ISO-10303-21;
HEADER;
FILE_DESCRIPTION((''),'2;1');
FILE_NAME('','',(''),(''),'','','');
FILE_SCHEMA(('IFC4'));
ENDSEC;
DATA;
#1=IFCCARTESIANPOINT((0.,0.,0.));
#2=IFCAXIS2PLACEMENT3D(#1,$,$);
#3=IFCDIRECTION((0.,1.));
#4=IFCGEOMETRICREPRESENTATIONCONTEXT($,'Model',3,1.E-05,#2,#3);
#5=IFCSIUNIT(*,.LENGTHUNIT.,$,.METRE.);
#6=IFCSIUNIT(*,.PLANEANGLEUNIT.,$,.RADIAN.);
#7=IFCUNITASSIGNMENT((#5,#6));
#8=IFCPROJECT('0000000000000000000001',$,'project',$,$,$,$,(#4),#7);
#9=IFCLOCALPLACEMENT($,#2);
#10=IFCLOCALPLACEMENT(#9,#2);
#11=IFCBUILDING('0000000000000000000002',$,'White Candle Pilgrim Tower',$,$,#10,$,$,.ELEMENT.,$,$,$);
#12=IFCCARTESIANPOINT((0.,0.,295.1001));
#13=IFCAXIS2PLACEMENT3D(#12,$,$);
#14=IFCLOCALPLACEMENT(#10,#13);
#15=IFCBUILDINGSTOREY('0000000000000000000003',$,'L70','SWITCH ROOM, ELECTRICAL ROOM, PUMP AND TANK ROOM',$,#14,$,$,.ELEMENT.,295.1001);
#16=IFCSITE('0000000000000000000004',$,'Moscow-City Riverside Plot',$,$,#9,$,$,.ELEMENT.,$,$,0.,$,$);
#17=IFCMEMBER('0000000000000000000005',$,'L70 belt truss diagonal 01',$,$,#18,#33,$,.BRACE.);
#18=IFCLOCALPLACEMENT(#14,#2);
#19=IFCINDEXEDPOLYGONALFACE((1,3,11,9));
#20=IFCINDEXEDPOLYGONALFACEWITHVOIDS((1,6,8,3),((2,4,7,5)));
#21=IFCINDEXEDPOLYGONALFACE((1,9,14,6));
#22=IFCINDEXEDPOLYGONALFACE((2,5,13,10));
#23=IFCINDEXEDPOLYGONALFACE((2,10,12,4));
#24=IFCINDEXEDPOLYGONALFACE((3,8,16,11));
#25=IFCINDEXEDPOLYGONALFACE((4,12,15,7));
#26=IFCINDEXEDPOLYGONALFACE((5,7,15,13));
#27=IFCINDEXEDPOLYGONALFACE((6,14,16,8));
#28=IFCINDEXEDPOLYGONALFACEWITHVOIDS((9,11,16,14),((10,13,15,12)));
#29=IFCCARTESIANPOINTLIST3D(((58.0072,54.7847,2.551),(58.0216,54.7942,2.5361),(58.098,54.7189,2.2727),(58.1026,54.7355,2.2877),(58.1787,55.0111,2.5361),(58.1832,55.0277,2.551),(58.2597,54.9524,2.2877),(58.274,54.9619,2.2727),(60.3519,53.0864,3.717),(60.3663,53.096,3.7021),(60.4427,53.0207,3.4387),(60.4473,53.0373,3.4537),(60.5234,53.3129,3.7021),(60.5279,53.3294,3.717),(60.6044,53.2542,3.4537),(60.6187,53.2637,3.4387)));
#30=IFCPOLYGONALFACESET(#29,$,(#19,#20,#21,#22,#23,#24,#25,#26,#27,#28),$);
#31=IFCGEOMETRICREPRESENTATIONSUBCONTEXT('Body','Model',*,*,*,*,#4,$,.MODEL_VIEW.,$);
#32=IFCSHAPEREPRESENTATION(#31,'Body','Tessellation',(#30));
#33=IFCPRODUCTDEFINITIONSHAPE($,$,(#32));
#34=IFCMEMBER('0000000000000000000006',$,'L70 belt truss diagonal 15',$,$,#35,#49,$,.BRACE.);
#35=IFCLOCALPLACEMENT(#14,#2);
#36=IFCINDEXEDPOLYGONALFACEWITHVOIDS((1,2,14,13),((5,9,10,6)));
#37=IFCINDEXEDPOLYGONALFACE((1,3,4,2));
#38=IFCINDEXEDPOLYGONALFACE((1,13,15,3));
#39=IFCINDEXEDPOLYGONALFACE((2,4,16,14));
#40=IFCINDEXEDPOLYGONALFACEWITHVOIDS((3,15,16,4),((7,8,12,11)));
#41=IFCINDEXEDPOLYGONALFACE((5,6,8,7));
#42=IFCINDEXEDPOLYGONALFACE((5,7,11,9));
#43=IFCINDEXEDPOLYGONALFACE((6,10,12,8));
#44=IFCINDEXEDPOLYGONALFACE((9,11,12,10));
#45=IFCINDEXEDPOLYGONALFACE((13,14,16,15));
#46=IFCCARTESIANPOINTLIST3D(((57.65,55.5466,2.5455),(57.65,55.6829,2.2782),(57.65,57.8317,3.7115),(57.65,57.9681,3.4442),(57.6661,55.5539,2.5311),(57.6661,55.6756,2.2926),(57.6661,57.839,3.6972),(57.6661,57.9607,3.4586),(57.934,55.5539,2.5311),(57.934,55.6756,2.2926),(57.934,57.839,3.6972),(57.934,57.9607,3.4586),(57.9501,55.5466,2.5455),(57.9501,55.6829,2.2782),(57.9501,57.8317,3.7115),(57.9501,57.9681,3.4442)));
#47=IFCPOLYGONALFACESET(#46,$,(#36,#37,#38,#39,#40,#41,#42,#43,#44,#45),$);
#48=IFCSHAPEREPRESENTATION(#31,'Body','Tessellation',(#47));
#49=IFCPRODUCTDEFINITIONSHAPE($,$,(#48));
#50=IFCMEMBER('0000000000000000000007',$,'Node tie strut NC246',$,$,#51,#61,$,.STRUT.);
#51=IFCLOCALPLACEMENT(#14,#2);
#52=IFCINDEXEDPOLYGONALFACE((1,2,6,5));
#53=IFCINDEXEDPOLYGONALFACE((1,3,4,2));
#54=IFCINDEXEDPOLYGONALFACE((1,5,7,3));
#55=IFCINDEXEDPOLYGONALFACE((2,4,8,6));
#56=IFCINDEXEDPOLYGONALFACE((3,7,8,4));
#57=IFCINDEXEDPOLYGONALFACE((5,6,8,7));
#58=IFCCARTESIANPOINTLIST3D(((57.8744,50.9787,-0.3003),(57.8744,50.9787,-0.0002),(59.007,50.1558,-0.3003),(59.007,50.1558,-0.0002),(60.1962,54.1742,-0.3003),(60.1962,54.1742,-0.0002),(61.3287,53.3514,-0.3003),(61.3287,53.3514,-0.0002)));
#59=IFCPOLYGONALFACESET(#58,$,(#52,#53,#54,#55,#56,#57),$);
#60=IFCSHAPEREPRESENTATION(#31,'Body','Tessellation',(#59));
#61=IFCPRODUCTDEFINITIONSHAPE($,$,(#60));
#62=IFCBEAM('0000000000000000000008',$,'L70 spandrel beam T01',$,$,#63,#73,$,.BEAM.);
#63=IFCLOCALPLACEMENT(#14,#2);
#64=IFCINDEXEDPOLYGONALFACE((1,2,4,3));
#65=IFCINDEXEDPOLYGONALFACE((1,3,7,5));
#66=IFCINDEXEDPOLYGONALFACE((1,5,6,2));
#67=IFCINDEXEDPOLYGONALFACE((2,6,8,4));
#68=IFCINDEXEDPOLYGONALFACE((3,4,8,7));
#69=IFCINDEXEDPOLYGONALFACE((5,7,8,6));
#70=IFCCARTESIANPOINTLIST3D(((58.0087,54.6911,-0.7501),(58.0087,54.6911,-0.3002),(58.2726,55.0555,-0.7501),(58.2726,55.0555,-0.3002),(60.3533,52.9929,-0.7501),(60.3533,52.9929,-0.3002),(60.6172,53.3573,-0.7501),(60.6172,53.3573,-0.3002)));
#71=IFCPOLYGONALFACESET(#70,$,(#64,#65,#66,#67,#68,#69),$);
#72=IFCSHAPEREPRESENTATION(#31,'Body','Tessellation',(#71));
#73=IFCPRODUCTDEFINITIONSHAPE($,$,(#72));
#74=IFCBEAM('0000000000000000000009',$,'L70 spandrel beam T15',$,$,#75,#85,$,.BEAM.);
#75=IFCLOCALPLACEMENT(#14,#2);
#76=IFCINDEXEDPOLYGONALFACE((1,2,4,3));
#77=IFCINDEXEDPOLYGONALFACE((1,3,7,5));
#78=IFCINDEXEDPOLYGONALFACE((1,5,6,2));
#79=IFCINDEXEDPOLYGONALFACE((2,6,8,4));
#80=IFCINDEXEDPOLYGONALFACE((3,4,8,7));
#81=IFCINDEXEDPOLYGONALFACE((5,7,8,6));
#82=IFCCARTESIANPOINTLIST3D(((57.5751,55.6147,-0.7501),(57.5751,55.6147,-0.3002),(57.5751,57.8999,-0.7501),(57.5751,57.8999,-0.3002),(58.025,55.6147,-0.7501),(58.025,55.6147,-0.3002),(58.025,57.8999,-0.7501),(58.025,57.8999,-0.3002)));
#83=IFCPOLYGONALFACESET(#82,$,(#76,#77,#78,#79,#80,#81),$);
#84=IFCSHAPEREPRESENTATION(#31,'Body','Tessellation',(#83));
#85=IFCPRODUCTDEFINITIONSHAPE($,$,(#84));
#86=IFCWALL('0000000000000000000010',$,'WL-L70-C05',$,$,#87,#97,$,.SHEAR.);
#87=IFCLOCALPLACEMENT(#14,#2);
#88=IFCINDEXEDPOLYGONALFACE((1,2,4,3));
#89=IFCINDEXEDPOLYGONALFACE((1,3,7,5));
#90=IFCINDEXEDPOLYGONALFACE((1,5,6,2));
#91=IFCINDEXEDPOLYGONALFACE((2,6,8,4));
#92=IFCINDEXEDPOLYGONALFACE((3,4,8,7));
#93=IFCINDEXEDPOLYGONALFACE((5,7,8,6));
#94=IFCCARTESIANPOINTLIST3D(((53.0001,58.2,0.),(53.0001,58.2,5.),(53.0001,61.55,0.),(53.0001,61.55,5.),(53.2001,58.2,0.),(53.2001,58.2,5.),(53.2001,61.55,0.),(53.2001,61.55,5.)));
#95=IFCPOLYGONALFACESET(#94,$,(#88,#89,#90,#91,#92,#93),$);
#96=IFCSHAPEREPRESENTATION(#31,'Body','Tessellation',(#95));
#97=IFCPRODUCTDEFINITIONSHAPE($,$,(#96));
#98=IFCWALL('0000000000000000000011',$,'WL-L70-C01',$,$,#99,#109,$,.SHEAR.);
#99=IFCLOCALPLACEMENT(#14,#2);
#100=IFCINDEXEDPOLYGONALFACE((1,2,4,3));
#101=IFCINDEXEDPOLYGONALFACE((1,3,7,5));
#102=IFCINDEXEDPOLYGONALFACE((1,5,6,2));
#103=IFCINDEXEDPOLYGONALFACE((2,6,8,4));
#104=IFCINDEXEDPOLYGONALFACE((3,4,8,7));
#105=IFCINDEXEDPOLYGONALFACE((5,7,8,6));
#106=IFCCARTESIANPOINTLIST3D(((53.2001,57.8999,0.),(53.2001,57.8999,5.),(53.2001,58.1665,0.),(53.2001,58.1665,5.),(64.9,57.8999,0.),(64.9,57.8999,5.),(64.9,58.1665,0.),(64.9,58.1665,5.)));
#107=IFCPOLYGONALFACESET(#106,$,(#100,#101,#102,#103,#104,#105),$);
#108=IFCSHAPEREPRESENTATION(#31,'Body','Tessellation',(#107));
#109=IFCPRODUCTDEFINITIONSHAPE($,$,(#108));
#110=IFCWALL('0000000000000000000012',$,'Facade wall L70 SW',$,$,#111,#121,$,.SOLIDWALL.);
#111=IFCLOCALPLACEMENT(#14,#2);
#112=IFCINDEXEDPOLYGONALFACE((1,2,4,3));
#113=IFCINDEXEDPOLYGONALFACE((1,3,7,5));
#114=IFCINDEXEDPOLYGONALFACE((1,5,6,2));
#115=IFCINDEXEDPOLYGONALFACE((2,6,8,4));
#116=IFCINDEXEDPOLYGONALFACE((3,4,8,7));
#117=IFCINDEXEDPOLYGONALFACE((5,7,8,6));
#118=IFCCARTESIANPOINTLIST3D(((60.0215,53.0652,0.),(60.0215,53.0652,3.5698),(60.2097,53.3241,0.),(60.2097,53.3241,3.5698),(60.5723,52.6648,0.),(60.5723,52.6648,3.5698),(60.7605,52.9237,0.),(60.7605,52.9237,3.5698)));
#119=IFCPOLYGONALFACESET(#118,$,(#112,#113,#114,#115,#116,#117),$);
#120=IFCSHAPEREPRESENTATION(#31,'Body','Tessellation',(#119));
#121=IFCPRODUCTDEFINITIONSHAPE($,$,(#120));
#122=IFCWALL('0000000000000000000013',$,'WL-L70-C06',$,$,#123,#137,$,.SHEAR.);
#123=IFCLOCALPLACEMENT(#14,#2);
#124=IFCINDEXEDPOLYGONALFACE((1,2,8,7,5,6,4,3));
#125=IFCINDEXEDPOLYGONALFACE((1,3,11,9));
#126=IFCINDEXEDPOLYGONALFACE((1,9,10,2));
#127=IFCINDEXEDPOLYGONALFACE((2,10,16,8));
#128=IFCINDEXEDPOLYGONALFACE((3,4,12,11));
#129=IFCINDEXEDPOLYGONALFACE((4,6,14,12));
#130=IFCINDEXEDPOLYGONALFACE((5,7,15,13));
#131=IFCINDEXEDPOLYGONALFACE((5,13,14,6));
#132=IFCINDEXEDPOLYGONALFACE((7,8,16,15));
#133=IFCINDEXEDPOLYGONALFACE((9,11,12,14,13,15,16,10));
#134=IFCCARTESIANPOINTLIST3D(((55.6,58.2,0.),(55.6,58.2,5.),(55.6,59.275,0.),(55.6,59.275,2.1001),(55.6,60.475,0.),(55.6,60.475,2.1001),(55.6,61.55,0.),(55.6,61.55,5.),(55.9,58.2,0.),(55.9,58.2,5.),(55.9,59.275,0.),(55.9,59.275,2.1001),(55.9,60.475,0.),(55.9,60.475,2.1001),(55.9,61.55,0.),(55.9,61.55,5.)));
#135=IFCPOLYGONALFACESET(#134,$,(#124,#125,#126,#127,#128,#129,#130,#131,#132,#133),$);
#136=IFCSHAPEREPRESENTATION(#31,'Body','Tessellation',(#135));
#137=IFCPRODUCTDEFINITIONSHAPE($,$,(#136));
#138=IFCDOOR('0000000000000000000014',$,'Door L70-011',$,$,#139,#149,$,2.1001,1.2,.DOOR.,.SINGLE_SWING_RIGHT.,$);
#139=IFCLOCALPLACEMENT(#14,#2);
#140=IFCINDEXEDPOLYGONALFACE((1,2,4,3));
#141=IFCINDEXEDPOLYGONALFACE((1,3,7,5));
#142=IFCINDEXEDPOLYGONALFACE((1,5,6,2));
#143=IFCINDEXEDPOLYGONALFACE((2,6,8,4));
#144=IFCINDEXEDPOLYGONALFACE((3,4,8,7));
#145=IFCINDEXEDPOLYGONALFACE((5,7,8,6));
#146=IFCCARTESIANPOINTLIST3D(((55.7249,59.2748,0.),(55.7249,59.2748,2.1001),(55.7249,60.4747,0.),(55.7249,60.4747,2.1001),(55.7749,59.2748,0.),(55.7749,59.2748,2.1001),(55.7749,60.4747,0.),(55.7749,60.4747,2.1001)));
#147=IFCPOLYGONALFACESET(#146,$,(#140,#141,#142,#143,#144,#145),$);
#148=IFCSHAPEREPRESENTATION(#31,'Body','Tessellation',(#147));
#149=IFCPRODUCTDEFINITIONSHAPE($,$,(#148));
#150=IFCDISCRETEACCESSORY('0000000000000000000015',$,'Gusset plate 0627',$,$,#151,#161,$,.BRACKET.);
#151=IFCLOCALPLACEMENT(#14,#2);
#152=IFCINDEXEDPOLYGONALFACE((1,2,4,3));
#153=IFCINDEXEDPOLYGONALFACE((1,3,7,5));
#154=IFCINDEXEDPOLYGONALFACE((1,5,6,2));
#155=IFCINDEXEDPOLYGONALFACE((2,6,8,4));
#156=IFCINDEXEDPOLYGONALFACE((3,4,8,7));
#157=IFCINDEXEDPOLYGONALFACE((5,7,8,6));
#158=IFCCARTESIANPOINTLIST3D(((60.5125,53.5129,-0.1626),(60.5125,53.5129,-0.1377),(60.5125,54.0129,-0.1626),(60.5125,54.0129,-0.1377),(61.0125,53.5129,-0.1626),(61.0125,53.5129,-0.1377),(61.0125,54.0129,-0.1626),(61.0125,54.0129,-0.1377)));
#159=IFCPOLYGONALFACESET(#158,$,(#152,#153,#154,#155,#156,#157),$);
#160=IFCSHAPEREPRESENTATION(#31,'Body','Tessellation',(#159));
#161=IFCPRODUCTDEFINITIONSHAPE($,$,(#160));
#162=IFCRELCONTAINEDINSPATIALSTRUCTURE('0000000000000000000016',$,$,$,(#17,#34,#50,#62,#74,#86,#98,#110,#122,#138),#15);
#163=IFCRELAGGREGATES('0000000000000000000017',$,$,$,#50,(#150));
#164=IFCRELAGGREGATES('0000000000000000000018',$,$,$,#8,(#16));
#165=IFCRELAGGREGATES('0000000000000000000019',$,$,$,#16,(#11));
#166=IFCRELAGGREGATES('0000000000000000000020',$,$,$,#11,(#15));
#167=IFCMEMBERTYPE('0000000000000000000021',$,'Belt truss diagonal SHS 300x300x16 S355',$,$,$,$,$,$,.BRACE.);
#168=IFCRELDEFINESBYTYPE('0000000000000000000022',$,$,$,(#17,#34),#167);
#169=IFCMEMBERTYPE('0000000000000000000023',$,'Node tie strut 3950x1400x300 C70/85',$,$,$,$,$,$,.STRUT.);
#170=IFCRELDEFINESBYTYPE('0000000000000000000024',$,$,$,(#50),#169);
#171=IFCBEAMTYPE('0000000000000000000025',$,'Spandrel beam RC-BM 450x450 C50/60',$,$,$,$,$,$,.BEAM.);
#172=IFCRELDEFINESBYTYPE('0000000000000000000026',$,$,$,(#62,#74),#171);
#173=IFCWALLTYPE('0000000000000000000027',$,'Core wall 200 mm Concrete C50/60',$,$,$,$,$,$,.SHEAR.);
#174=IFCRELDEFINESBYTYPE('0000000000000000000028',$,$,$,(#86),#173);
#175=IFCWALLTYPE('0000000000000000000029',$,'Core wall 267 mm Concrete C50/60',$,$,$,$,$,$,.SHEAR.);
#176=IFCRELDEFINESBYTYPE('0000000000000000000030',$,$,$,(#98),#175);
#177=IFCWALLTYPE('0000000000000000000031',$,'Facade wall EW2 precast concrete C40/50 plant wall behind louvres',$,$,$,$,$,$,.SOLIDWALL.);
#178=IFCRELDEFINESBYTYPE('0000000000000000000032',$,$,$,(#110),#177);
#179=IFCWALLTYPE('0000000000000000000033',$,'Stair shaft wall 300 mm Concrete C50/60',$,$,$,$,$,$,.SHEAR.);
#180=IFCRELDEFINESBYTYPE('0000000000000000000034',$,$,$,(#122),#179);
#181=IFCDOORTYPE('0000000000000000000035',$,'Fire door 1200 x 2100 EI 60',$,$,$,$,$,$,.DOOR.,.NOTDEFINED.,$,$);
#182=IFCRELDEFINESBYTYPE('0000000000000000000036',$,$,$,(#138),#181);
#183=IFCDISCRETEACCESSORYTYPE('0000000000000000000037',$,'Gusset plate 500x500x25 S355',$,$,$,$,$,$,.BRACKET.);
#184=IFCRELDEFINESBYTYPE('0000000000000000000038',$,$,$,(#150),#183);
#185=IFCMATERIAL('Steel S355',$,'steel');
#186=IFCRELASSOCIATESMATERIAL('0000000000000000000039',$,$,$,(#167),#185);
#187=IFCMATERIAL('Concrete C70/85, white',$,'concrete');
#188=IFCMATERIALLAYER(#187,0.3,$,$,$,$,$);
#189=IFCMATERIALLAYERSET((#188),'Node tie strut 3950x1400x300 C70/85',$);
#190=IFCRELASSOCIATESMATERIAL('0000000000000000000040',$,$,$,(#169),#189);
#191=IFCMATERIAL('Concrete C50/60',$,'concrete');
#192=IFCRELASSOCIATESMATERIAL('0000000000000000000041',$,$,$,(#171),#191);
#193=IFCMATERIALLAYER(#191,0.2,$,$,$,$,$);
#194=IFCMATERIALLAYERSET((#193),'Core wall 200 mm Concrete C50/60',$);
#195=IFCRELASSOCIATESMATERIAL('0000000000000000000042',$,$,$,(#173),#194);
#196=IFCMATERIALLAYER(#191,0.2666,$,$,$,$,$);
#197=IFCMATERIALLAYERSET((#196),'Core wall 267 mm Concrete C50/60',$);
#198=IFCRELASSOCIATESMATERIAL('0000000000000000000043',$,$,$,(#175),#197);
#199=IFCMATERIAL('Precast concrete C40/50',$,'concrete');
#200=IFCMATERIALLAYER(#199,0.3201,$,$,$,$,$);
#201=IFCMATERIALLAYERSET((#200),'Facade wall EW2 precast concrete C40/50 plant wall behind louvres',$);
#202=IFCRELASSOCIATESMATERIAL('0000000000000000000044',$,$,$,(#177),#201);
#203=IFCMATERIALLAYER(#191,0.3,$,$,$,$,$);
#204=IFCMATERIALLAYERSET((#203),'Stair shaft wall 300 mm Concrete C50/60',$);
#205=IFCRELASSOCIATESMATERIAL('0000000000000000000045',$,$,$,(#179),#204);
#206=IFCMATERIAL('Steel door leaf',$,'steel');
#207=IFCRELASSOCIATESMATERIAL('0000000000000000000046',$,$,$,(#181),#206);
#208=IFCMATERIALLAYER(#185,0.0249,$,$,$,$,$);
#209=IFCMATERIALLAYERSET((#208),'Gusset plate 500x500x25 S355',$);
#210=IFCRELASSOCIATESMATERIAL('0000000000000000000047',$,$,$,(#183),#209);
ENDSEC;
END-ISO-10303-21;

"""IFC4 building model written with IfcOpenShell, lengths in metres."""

from ifc_helpers import new_model, si_unit, direction, frame, frame_2d, origin, origin_2d, place, context, subcontext, project, spatial, rectangle, hollow_rectangle, extrude, material, layer, layer_set, material_profile, profile_set, type_object, element, fill, aggregate, save


model = new_model("IFC4")

# Units and contexts
model_context = context("Model", 3, precision=1e-05, world=origin(), true_north=direction((0.0, 1.0)))
body_context = subcontext(model_context, "Body", "Model", "MODEL_VIEW")
ifc_project = project(units=[si_unit("LENGTHUNIT", "METRE"), si_unit("PLANEANGLEUNIT", "RADIAN")], contexts=[model_context])

# Site, building, storey
site_placement = place(None, origin())
site = spatial("IfcSite", under=ifc_project, at=site_placement, Name="Moscow-City Riverside Plot", CompositionType="ELEMENT", RefElevation=0.0)
building_placement = place(site_placement, origin())
building = spatial("IfcBuilding", under=site, at=building_placement, Name="White Candle Pilgrim Tower", CompositionType="ELEMENT")
storey_placement = place(building_placement, frame((0.0, 0.0, 295.1001)))
storey = spatial("IfcBuildingStorey", under=building, at=storey_placement, Name="L70", Description="SWITCH ROOM, ELECTRICAL ROOM, PUMP AND TANK ROOM", CompositionType="ELEMENT", Elevation=295.1001)

# Shared definitions
ifc_material_1 = material(Name="Steel S355", Category="steel")

# Members
ifc_material_profile_1 = material_profile(ifc_material_1, hollow_rectangle(XDim=0.3, YDim=0.3, WallThickness=0.0161, at=origin_2d()), Name="SHS 300x300x16")
ifc_profile_set_1 = profile_set([ifc_material_profile_1], Name="Steel S355")
member_type_1 = type_object("IfcMemberType", Name="Belt truss diagonal SHS 300x300x16 S355", PredefinedType="BRACE", material=ifc_profile_set_1)
member_1_placement = place(storey_placement, frame((58.1406, 54.8733, 2.4119), z_axis=(0.751246, -0.544114, 0.373589), x_axis=(0.586586, 0.809887, 0.0)))
element("IfcMember", 1, at=member_1_placement, inside=storey, type_object=member_type_1, Name="L70 belt truss diagonal 01", PredefinedType="BRACE", context=body_context, shape_type="SweptSolid", body=[
    extrude(hollow_rectangle(XDim=0.3, YDim=0.3, WallThickness=0.0161, at=origin_2d()), origin(), (0.0, 0.0, 1.0), 3.1211),
])
member_2_placement = place(storey_placement, frame((57.8, 55.6147, 2.4119), z_axis=(0.0, 0.890743, 0.454507), x_axis=(-1.0, 0.0, 0.0)))
element("IfcMember", 2, at=member_2_placement, inside=storey, type_object=member_type_1, Name="L70 belt truss diagonal 15", PredefinedType="BRACE", context=body_context, shape_type="SweptSolid", body=[
    extrude(hollow_rectangle(XDim=0.3, YDim=0.3, WallThickness=0.0161, at=origin_2d()), origin(), (0.0, 0.0, 1.0), 2.5654),
])

# Member
ifc_material_2 = material(Name="Concrete C70/85, white", Category="concrete")
ifc_layer_1 = layer(ifc_material_2, 0.3)
ifc_layer_set_1 = layer_set([ifc_layer_1], Name="Node tie strut 3950x1400x300 C70/85")
member_type_2 = type_object("IfcMemberType", Name="Node tie strut 3950x1400x300 C70/85", PredefinedType="STRUT", material=ifc_layer_set_1)
member_3_placement = place(storey_placement, frame((59.6016, 52.165, -0.3003), z_axis=(0.0, 0.0, 1.0), x_axis=(0.809017, -0.587785, 0.0)))
member_3 = element("IfcMember", 3, at=member_3_placement, inside=storey, type_object=member_type_2, Name="Node tie strut NC246", PredefinedType="STRUT", context=body_context, shape_type="SweptSolid", body=[
    extrude(rectangle(XDim=1.3999, YDim=3.95, at=origin_2d()), origin(), (0.0, 0.0, 1.0), 0.3),
])

# Beams
ifc_material_3 = material(Name="Concrete C50/60", Category="concrete")
ifc_material_profile_2 = material_profile(ifc_material_3, rectangle(XDim=0.45, YDim=0.45, at=origin_2d()), Name="RC-BM 450x450")
ifc_profile_set_2 = profile_set([ifc_material_profile_2], Name="Concrete C50/60")
beam_type = type_object("IfcBeamType", Name="Spandrel beam RC-BM 450x450 C50/60", PredefinedType="BEAM", material=ifc_profile_set_2)
beam_1_placement = place(storey_placement, frame((58.1406, 54.8733, -0.5251), z_axis=(0.809887, -0.586586, 0.0), x_axis=(0.586586, 0.809887, 0.0)))
element("IfcBeam", 4, at=beam_1_placement, inside=storey, type_object=beam_type, Name="L70 spandrel beam T01", PredefinedType="BEAM", context=body_context, shape_type="SweptSolid", body=[
    extrude(rectangle(XDim=0.45, YDim=0.45, at=origin_2d()), origin(), (0.0, 0.0, 1.0), 2.895),
])
beam_2_placement = place(storey_placement, frame((57.8, 55.6147, -0.5251), z_axis=(0.0, 1.0, 0.0), x_axis=(-1.0, 0.0, 0.0)))
element("IfcBeam", 5, at=beam_2_placement, inside=storey, type_object=beam_type, Name="L70 spandrel beam T15", PredefinedType="BEAM", context=body_context, shape_type="SweptSolid", body=[
    extrude(rectangle(XDim=0.45, YDim=0.45, at=origin_2d()), origin(), (0.0, 0.0, 1.0), 2.2852),
])

# Walls
ifc_layer_2 = layer(ifc_material_3, 0.2)
ifc_layer_set_2 = layer_set([ifc_layer_2], Name="Core wall 200 mm Concrete C50/60")
wall_type_1 = type_object("IfcWallType", Name="Core wall 200 mm Concrete C50/60", PredefinedType="SHEAR", material=ifc_layer_set_2)
wall_1_placement = place(storey_placement, frame((53.1001, 58.2, 0.0), z_axis=(0.0, 0.0, 1.0), x_axis=(0.0, 1.0, 0.0)))
element("IfcWall", 6, at=wall_1_placement, inside=storey, type_object=wall_type_1, Name="WL-L70-C05", PredefinedType="SHEAR", context=body_context, shape_type="SweptSolid", body=[
    extrude(rectangle(XDim=3.3501, YDim=0.2, at=frame_2d((1.675, 0.0))), origin(), (0.0, 0.0, 1.0), 5.0),
])
ifc_layer_3 = layer(ifc_material_3, 0.2666)
ifc_layer_set_3 = layer_set([ifc_layer_3], Name="Core wall 267 mm Concrete C50/60")
wall_type_2 = type_object("IfcWallType", Name="Core wall 267 mm Concrete C50/60", PredefinedType="SHEAR", material=ifc_layer_set_3)
wall_2_placement = place(storey_placement, frame((53.2, 58.0332, 0.0), z_axis=(0.0, 0.0, 1.0), x_axis=(1.0, 0.0, 0.0)))
element("IfcWall", 7, at=wall_2_placement, inside=storey, type_object=wall_type_2, Name="WL-L70-C01", PredefinedType="SHEAR", context=body_context, shape_type="SweptSolid", body=[
    extrude(rectangle(XDim=11.7, YDim=0.2666, at=frame_2d((5.8501, 0.0))), origin(), (0.0, 0.0, 1.0), 5.0),
])
ifc_material_4 = material(Name="Precast concrete C40/50", Category="concrete")
ifc_layer_4 = layer(ifc_material_4, 0.3201)
ifc_layer_set_4 = layer_set([ifc_layer_4], Name="Facade wall EW2 precast concrete C40/50 plant wall behind louvres")
wall_type_3 = type_object("IfcWallType", Name="Facade wall EW2 precast concrete C40/50 plant wall behind louvres", PredefinedType="SOLIDWALL", material=ifc_layer_set_4)
wall_3_placement = place(storey_placement, frame((60.1157, 53.1946, 0.0), z_axis=(0.0, 0.0, 1.0), x_axis=(0.80886, -0.588001, 0.0)))
element("IfcWall", 8, at=wall_3_placement, inside=storey, type_object=wall_type_3, Name="Facade wall L70 SW", PredefinedType="SOLIDWALL", context=body_context, shape_type="SweptSolid", body=[
    extrude(rectangle(XDim=0.6809, YDim=0.3201, at=frame_2d((0.3403, 0.0))), origin(), (0.0, 0.0, 1.0), 3.5698),
])

# Wall, opening, door
ifc_layer_5 = layer(ifc_material_3, 0.3)
ifc_layer_set_5 = layer_set([ifc_layer_5], Name="Stair shaft wall 300 mm Concrete C50/60")
wall_type_4 = type_object("IfcWallType", Name="Stair shaft wall 300 mm Concrete C50/60", PredefinedType="SHEAR", material=ifc_layer_set_5)
wall_4_placement = place(storey_placement, frame((55.75, 58.2, 0.0), z_axis=(0.0, 0.0, 1.0), x_axis=(0.0, 1.0, 0.0)))
wall_4 = element("IfcWall", 9, at=wall_4_placement, inside=storey, type_object=wall_type_4, Name="WL-L70-C06", PredefinedType="SHEAR", context=body_context, shape_type="SweptSolid", body=[
    extrude(rectangle(XDim=3.3501, YDim=0.3, at=frame_2d((1.675, 0.0))), origin(), (0.0, 0.0, 1.0), 5.0),
])
opening_placement = place(wall_4_placement, frame((1.075, 0.0, 0.0)))
opening = element("IfcOpeningElement", 10, at=opening_placement, cuts=wall_4, PredefinedType="OPENING", context=body_context, shape_type="SweptSolid", body=[
    extrude(rectangle(XDim=1.2, YDim=2.1001, at=frame_2d((0.6001, 1.05))), frame((0.0, 0.1599, 0.0), z_axis=(0.0, -1.0, 0.0), x_axis=(1.0, 0.0, 0.0)), (0.0, 0.0, 1.0), 0.3201),
])
ifc_material_5 = material(Name="Steel door leaf", Category="steel")
door_type = type_object("IfcDoorType", Name="Fire door 1200 x 2100 EI 60", OperationType="NOTDEFINED", PredefinedType="DOOR", material=ifc_material_5)
door_placement = place(opening_placement, frame((1.2, 0.0, 0.0), z_axis=(0.0, 0.0, 1.0), x_axis=(-1.0, 0.0, 0.0)))
door = element("IfcDoor", 11, at=door_placement, inside=storey, type_object=door_type, Name="Door L70-011", OperationType="SINGLE_SWING_RIGHT", OverallHeight=2.1001, OverallWidth=1.2, PredefinedType="DOOR", context=body_context, shape_type="SweptSolid", body=[
    extrude(rectangle(XDim=1.2, YDim=2.1001, at=frame_2d((0.6001, 1.05))), frame((0.0, 0.0249, 0.0), z_axis=(0.0, -1.0, 0.0), x_axis=(1.0, 0.0, 0.0)), (0.0, 0.0, 1.0), 0.05),
])
fill(opening, door)

# Discrete accessory
ifc_layer_6 = layer(ifc_material_1, 0.0249)
ifc_layer_set_6 = layer_set([ifc_layer_6], Name="Gusset plate 500x500x25 S355")
discrete_accessory_type_1 = type_object("IfcDiscreteAccessoryType", Name="Gusset plate 500x500x25 S355", PredefinedType="BRACKET", material=ifc_layer_set_6)
discrete_accessory_1_placement = place(storey_placement, frame((60.7625, 53.7629, -0.1626), z_axis=(0.0, 0.0, 1.0), x_axis=(1.0, 0.0, 0.0)))
discrete_accessory_1 = element("IfcDiscreteAccessory", 12, at=discrete_accessory_1_placement, type_object=discrete_accessory_type_1, Name="Gusset plate 0627", PredefinedType="BRACKET", context=body_context, shape_type="SweptSolid", body=[
    extrude(rectangle(XDim=0.5, YDim=0.5, at=origin_2d()), origin(), (0.0, 0.0, 1.0), 0.0249),
])
aggregate(member_3, [discrete_accessory_1])

save(model, "model.ifc")
